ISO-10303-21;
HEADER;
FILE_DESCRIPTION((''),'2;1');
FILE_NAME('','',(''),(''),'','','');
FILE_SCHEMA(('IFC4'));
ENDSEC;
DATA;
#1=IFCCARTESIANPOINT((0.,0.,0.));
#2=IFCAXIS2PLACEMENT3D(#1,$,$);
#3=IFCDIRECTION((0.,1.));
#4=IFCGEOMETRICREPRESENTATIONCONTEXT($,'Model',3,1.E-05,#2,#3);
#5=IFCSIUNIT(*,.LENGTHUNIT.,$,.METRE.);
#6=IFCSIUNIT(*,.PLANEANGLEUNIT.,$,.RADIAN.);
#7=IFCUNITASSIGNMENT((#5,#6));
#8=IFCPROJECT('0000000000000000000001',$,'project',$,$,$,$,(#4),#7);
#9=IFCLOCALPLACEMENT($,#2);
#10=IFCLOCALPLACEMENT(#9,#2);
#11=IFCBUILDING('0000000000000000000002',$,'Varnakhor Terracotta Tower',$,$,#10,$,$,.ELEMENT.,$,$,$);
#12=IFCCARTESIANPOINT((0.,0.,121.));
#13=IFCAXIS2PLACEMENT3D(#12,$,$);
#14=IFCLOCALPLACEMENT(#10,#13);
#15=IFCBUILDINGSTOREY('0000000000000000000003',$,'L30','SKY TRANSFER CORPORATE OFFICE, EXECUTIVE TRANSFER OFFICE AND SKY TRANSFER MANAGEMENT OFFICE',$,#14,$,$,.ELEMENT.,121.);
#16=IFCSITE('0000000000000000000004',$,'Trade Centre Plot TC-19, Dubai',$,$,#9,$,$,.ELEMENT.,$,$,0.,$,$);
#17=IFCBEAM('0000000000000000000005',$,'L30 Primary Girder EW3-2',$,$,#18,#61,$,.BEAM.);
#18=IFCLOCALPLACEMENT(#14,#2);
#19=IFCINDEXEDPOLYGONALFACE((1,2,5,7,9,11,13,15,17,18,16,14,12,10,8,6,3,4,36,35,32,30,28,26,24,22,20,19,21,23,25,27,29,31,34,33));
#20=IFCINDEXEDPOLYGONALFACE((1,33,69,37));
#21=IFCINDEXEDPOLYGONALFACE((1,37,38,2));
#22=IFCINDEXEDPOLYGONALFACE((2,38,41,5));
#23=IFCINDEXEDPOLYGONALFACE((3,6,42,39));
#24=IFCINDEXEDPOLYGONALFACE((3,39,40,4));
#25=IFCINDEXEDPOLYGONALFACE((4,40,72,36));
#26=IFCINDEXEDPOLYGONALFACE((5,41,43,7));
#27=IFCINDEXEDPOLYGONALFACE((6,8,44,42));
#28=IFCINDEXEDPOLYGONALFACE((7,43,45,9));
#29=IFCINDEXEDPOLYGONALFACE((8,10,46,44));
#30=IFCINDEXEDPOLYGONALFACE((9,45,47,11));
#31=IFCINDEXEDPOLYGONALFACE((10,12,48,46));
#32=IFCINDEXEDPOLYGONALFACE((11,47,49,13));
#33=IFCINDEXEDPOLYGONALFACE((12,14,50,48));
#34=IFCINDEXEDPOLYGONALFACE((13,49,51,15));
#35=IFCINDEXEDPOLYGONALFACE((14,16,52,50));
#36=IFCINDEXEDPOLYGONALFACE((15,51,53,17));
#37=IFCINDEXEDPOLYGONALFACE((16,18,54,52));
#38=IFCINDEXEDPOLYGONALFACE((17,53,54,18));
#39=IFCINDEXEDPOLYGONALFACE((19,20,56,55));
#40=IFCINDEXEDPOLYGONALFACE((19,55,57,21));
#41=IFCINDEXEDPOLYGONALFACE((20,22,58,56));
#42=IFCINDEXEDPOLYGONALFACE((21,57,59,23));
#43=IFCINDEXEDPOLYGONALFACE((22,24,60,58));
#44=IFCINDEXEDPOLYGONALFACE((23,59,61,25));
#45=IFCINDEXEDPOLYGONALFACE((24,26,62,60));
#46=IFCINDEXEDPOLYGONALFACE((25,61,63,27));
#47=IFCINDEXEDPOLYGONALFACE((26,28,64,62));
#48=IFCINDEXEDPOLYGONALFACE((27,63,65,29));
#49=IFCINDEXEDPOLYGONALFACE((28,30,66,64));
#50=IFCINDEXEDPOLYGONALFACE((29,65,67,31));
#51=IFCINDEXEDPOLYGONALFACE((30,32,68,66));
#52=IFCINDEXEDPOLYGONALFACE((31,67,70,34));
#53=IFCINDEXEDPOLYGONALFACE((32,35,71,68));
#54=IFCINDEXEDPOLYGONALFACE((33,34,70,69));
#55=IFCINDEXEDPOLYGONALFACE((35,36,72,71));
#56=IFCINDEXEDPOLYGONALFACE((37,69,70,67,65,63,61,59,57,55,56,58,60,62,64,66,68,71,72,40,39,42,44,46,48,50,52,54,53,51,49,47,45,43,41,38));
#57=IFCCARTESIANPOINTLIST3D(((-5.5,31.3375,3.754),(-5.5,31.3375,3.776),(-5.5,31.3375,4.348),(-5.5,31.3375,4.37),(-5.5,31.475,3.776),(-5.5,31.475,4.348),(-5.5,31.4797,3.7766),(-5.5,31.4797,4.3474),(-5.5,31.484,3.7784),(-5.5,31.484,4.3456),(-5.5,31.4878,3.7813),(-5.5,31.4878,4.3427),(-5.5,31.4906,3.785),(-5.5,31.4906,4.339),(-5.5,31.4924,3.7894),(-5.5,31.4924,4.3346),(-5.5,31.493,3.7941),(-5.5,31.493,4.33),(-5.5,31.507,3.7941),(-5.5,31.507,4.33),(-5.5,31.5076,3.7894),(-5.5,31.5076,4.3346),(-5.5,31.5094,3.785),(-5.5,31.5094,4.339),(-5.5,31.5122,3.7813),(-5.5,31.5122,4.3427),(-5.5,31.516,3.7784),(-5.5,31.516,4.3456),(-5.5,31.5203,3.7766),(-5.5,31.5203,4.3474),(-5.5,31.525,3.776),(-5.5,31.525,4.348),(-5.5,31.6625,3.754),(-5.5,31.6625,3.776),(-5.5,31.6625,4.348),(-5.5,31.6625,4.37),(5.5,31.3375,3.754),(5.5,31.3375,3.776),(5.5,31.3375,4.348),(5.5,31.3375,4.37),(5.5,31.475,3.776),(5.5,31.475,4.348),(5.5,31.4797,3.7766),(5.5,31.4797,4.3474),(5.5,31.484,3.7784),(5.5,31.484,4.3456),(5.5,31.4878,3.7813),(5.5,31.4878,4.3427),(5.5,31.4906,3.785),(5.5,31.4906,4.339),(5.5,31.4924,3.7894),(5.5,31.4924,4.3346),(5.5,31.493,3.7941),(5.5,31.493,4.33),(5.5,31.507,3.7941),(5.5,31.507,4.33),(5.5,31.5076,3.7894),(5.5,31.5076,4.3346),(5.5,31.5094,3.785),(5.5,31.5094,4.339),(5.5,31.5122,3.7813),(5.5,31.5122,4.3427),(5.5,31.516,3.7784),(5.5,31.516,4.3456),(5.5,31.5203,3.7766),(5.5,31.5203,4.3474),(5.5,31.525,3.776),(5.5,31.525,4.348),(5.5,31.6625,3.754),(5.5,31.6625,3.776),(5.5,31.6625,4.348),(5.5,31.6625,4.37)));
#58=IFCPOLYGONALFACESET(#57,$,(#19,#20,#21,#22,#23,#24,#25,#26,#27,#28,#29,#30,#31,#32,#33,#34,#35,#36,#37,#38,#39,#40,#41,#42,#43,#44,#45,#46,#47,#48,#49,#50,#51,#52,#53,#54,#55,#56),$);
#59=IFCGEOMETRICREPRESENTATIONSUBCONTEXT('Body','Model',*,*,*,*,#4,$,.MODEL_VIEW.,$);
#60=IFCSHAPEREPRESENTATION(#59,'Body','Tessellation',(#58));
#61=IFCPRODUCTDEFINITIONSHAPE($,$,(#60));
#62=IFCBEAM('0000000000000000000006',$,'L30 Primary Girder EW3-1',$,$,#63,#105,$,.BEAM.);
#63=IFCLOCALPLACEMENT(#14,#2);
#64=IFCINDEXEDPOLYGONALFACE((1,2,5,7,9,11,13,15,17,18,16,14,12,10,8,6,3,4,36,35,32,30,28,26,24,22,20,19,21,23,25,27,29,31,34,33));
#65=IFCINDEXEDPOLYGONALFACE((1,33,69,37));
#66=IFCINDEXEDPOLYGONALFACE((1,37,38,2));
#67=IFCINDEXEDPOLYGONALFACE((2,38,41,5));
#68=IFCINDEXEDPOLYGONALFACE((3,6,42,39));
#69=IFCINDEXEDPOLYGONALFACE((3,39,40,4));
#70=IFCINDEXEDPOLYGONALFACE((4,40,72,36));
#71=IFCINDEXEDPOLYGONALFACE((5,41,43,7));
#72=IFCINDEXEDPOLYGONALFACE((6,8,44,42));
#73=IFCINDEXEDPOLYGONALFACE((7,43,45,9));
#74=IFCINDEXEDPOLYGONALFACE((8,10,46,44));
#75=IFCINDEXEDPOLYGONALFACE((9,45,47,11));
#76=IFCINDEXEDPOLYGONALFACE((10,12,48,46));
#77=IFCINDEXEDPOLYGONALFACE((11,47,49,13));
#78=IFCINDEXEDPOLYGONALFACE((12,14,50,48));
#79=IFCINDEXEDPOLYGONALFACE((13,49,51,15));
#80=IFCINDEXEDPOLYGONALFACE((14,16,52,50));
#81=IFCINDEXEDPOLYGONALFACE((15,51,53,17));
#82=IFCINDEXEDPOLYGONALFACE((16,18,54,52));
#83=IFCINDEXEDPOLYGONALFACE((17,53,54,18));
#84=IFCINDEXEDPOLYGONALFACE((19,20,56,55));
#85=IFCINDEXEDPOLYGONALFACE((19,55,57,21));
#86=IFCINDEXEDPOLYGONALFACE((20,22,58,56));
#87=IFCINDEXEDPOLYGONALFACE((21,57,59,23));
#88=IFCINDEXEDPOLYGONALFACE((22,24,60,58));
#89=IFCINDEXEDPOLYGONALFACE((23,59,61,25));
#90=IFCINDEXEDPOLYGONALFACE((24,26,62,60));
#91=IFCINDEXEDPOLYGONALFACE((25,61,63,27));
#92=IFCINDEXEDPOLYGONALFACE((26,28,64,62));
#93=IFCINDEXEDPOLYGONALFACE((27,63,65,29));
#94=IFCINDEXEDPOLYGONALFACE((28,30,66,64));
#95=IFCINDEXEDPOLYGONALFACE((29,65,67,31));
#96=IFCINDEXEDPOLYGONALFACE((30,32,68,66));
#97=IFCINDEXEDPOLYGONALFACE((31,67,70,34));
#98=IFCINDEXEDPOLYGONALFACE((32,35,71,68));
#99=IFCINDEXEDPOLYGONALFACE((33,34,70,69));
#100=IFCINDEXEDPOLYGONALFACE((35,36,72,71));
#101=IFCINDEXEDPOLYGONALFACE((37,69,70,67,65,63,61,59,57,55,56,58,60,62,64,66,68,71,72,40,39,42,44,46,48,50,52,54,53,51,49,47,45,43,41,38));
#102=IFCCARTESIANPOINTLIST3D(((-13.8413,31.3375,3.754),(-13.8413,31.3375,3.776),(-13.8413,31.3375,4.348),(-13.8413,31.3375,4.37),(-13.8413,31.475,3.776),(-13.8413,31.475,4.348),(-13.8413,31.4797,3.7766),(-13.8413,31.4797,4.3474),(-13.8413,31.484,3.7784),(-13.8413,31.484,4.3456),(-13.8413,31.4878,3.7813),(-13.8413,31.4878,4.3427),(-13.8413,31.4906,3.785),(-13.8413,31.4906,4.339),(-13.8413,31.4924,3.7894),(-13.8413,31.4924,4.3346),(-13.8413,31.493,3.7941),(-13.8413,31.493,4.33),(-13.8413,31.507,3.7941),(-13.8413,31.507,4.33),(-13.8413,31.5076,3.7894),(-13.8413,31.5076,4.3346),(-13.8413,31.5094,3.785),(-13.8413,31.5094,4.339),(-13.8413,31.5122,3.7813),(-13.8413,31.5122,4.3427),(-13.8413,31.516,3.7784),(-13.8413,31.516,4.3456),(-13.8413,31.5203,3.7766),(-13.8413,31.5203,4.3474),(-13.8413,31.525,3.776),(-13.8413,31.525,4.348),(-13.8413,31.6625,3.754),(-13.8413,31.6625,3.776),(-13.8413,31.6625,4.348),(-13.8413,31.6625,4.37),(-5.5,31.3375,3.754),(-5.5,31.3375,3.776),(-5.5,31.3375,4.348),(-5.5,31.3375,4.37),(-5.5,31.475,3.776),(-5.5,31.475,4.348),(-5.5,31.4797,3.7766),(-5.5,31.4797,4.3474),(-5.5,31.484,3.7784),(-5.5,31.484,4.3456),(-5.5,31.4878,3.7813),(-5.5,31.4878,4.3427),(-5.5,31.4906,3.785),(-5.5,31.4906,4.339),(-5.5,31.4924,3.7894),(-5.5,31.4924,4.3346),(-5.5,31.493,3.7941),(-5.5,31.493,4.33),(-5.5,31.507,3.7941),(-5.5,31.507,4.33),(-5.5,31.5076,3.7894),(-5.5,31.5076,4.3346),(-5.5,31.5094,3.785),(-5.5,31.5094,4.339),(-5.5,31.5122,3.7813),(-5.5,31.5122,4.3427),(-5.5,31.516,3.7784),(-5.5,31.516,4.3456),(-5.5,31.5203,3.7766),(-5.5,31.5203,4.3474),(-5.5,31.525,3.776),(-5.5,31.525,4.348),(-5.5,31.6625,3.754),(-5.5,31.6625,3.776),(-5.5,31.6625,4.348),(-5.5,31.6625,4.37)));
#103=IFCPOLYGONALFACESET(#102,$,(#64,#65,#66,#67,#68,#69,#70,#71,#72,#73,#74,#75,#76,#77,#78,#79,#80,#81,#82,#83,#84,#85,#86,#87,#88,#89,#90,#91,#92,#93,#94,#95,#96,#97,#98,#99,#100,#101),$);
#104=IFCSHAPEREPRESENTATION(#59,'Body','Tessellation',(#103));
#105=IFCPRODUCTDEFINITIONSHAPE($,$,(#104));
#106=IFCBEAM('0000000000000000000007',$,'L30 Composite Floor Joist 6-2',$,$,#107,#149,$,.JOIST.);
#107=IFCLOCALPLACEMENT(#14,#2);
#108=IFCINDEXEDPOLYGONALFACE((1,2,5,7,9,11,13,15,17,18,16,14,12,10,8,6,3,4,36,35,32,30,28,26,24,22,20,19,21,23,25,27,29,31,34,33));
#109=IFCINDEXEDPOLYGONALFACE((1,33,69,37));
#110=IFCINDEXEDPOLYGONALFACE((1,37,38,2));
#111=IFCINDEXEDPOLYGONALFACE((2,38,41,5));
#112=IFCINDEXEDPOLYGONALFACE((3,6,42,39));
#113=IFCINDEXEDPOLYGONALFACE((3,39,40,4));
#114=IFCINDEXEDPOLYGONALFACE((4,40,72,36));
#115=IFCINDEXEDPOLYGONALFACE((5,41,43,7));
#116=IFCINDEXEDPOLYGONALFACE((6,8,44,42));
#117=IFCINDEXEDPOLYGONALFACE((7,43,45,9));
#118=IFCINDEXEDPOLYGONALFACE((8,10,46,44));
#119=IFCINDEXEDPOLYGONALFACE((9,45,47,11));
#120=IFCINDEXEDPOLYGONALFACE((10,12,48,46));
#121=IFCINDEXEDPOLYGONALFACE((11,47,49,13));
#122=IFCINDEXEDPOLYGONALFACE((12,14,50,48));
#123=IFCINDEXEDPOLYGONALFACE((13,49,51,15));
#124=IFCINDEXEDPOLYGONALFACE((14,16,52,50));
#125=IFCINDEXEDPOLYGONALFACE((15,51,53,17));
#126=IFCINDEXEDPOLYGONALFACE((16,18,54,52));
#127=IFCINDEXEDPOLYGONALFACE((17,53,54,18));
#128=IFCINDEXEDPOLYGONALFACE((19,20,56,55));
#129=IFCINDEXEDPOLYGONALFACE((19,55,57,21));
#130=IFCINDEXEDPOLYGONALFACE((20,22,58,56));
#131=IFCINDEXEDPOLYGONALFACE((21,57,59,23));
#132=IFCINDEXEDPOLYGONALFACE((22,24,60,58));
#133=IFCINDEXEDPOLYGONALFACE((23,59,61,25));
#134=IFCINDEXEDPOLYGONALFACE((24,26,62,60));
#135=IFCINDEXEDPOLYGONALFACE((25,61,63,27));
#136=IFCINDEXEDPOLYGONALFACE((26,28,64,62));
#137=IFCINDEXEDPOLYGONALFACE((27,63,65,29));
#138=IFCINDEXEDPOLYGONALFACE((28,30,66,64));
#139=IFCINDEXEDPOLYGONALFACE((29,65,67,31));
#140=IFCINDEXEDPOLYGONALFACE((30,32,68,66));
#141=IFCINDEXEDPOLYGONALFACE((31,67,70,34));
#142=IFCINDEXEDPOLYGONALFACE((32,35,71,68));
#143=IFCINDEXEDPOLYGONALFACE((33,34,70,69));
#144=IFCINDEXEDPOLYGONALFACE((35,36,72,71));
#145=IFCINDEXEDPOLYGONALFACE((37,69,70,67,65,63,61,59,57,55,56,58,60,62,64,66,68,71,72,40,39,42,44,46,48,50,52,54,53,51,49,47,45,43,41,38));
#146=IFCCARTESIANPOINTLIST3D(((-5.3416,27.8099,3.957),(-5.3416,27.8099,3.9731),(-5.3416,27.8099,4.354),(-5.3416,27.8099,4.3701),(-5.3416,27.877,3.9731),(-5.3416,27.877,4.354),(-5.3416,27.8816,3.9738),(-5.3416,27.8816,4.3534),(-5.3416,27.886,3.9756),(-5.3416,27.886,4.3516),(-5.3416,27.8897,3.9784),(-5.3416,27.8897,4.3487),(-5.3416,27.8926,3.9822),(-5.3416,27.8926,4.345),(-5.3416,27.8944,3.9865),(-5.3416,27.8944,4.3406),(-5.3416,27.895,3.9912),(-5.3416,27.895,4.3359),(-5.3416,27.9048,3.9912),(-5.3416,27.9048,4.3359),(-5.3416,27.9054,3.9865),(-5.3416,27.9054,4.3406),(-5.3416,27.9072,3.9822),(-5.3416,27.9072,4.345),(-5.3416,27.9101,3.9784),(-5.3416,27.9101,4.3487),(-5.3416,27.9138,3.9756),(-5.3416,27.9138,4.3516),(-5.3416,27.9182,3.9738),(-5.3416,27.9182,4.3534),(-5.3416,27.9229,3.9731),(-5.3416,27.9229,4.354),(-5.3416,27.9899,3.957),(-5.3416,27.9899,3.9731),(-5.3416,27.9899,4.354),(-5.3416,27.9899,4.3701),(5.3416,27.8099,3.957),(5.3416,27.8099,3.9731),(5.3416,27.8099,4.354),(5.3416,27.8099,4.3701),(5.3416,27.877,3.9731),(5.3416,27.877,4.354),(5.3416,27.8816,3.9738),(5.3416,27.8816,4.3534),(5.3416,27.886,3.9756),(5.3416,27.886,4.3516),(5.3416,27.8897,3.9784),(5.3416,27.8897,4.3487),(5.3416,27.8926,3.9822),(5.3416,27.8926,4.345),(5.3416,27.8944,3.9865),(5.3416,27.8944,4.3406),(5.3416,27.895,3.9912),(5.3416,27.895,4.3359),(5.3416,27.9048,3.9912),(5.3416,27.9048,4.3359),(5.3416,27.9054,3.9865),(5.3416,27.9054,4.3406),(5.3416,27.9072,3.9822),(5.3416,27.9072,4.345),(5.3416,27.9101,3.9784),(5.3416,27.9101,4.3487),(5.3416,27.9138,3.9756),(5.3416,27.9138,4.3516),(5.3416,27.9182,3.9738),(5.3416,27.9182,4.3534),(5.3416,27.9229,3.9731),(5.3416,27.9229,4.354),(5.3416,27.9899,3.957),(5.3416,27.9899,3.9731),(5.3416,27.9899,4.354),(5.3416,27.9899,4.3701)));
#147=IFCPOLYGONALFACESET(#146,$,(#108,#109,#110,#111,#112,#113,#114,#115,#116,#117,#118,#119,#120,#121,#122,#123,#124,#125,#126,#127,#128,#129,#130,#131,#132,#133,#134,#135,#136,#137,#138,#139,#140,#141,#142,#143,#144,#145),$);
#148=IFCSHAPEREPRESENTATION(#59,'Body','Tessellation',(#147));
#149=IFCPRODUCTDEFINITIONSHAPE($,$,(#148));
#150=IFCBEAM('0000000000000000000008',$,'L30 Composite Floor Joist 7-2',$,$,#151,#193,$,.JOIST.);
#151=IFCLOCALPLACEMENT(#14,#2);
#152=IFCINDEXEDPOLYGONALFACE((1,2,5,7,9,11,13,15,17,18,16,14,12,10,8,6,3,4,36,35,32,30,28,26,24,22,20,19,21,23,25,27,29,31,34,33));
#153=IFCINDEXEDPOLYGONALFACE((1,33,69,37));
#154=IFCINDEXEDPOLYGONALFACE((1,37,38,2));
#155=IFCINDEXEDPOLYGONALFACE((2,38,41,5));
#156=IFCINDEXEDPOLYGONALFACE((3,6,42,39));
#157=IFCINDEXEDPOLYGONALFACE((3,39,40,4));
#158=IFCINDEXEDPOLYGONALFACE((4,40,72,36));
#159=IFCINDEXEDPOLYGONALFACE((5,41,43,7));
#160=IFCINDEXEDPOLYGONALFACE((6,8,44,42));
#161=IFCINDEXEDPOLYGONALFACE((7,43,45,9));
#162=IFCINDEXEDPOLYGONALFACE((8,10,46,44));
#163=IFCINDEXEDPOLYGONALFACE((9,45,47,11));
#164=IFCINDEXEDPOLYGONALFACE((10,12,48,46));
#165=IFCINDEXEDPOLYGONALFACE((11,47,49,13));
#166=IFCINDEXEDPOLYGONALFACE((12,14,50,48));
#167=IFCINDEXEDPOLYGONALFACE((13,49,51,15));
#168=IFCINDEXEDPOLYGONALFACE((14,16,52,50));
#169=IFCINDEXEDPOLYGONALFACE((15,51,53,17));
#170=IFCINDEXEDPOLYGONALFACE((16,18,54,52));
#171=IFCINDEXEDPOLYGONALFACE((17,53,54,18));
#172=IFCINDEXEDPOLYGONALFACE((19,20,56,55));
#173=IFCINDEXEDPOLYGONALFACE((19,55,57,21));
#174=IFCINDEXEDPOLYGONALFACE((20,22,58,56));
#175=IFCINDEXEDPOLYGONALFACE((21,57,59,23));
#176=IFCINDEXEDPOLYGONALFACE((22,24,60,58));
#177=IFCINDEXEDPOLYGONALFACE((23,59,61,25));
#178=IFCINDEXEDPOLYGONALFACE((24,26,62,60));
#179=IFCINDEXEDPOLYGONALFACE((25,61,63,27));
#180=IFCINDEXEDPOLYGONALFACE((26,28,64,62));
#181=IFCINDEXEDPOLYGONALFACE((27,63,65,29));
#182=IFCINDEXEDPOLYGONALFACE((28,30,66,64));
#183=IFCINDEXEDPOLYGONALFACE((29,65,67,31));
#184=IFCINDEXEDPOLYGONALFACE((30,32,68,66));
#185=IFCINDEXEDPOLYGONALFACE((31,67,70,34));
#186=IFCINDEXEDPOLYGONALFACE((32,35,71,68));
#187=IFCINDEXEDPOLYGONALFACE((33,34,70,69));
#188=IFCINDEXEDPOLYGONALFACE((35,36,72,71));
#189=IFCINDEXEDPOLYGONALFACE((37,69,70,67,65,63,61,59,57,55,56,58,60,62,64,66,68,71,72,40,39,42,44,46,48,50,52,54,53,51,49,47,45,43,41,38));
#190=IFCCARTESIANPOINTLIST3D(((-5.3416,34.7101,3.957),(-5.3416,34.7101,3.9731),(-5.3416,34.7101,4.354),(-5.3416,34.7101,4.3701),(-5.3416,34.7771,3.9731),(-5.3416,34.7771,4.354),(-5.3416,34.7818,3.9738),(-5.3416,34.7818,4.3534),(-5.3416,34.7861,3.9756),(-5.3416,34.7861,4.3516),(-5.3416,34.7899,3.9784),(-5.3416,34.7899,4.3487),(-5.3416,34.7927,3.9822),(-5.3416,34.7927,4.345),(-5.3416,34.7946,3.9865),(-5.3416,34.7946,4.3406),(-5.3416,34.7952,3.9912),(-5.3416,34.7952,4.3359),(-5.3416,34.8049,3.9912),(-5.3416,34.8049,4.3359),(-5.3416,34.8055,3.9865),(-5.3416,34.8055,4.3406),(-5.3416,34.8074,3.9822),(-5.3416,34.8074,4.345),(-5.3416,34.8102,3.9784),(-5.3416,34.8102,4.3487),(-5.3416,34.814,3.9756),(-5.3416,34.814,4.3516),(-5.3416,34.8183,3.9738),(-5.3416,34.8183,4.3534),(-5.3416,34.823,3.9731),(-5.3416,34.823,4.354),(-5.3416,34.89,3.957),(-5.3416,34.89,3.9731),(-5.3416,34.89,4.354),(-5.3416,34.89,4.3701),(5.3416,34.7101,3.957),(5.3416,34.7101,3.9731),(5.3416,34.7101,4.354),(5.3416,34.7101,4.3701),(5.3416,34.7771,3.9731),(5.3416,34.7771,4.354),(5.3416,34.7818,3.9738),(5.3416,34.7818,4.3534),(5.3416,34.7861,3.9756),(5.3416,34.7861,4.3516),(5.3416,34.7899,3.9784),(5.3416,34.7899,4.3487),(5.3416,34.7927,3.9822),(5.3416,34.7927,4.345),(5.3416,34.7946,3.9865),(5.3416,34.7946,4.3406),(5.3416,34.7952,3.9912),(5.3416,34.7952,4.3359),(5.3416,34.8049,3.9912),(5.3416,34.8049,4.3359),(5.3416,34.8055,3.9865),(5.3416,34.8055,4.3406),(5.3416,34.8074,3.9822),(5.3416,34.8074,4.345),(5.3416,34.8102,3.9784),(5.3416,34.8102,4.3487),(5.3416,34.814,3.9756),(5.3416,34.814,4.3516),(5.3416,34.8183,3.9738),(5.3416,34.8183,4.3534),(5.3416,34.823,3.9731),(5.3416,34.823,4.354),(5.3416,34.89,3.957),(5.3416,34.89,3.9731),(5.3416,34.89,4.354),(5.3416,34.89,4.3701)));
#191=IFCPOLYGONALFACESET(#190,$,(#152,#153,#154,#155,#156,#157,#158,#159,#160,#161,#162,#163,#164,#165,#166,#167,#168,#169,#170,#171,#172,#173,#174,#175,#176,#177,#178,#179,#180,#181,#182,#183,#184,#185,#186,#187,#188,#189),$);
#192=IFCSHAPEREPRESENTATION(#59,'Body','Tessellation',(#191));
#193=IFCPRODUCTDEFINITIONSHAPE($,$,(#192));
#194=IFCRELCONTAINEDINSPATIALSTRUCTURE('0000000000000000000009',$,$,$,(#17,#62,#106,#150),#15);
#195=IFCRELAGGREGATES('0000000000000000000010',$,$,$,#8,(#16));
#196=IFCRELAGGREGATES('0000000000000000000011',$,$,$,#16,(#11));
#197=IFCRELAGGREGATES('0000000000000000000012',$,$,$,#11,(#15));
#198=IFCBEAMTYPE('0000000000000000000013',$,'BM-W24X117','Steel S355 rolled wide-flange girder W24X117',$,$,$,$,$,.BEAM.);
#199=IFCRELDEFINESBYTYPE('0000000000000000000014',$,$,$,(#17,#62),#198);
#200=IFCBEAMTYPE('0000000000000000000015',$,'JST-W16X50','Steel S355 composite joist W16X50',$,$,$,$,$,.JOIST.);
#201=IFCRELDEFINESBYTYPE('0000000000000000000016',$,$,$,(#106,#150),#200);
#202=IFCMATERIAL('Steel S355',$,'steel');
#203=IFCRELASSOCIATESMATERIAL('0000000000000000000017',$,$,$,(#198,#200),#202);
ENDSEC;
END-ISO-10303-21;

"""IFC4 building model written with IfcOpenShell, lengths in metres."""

from ifc_helpers import new_model, si_unit, direction, frame, origin, origin_2d, place, context, subcontext, project, spatial, i_section, extrude, source, transform, mapped, material, material_profile, profile_set, type_object, element, save


model = new_model("IFC4")

# Units and contexts
model_context = context("Model", 3, precision=1e-05, world=origin(), true_north=direction((0.0, 1.0)))
body_context = subcontext(model_context, "Body", "Model", "MODEL_VIEW")
ifc_project = project(units=[si_unit("LENGTHUNIT", "METRE"), si_unit("PLANEANGLEUNIT", "RADIAN")], contexts=[model_context])

# Site, building, storey
site_placement = place(None, origin())
site = spatial("IfcSite", under=ifc_project, at=site_placement, Name="Trade Centre Plot TC-19, Dubai", CompositionType="ELEMENT", RefElevation=0.0)
building_placement = place(site_placement, origin())
building = spatial("IfcBuilding", under=site, at=building_placement, Name="Varnakhor Terracotta Tower", CompositionType="ELEMENT")
storey_placement = place(building_placement, frame((0.0, 0.0, 121.0)))
storey = spatial("IfcBuildingStorey", under=building, at=storey_placement, Name="L30", Description="SKY TRANSFER CORPORATE OFFICE, EXECUTIVE TRANSFER OFFICE AND SKY TRANSFER MANAGEMENT OFFICE", CompositionType="ELEMENT", Elevation=121.0)

# Beams
ifc_material_1 = material(Name="Steel S355", Category="steel")
ifc_material_profile_1 = material_profile(ifc_material_1, i_section(OverallWidth=0.325, OverallDepth=0.616, WebThickness=0.0139, FlangeThickness=0.022, FilletRadius=0.0181, at=origin_2d()), Name="W24X117")
ifc_profile_set_1 = profile_set([ifc_material_profile_1], Name="Steel S355")
beam_type_1 = type_object("IfcBeamType", Name="BM-W24X117", Description="Steel S355 rolled wide-flange girder W24X117", PredefinedType="BEAM", material=ifc_profile_set_1)
shared_shape_1 = source(origin(), body_context, "Body", "SweptSolid", [
    extrude(i_section(OverallWidth=0.325, OverallDepth=0.616, WebThickness=0.0139, FlangeThickness=0.022, FilletRadius=0.0181, at=origin_2d()), origin(), (0.0, 0.0, 1.0), 11.0),
])
beam_1_placement = place(storey_placement, frame((-5.5, 31.5, 4.062), z_axis=(1.0, 0.0, 0.0), x_axis=(0.0, 1.0, 0.0)))
element("IfcBeam", 1, at=beam_1_placement, inside=storey, type_object=beam_type_1, Name="L30 Primary Girder EW3-2", PredefinedType="BEAM", context=body_context, shape_type="MappedRepresentation", body=[
    mapped(shared_shape_1, transform((0.0, 0.0, 0.0), scale=1.0)),
])
shared_shape_2 = source(origin(), body_context, "Body", "SweptSolid", [
    extrude(i_section(OverallWidth=0.325, OverallDepth=0.616, WebThickness=0.0139, FlangeThickness=0.022, FilletRadius=0.0181, at=origin_2d()), origin(), (0.0, 0.0, 1.0), 8.3413),
])
beam_2_placement = place(storey_placement, frame((-13.8413, 31.5, 4.062), z_axis=(1.0, 0.0, 0.0), x_axis=(0.0, 1.0, 0.0)))
element("IfcBeam", 2, at=beam_2_placement, inside=storey, type_object=beam_type_1, Name="L30 Primary Girder EW3-1", PredefinedType="BEAM", context=body_context, shape_type="MappedRepresentation", body=[
    mapped(shared_shape_2, transform((0.0, 0.0, 0.0), scale=1.0)),
])
ifc_material_profile_2 = material_profile(ifc_material_1, i_section(OverallWidth=0.1799, OverallDepth=0.4131, WebThickness=0.0098, FlangeThickness=0.0161, FilletRadius=0.0181, at=origin_2d()), Name="W16X50")
ifc_profile_set_2 = profile_set([ifc_material_profile_2], Name="Steel S355")
beam_type_2 = type_object("IfcBeamType", Name="JST-W16X50", Description="Steel S355 composite joist W16X50", PredefinedType="JOIST", material=ifc_profile_set_2)
shared_shape_3 = source(origin(), body_context, "Body", "SweptSolid", [
    extrude(i_section(OverallWidth=0.1799, OverallDepth=0.4131, WebThickness=0.0098, FlangeThickness=0.0161, FilletRadius=0.0181, at=origin_2d()), origin(), (0.0, 0.0, 1.0), 10.6831),
])
for number, where, z_axis, x_axis, name in (
    (3, (-5.3416, 27.8999, 4.1636), (1.0, 0.0, 0.0), (0.0, 1.0, 0.0), "L30 Composite Floor Joist 6-2"),
    (4, (-5.3416, 34.8, 4.1636), (1.0, 0.0, 0.0), (0.0, 1.0, 0.0), "L30 Composite Floor Joist 7-2"),
):
    element("IfcBeam", number, at=place(storey_placement, frame(where, z_axis=z_axis, x_axis=x_axis)), inside=storey, type_object=beam_type_2, Name=name, PredefinedType="JOIST", context=body_context, shape_type="MappedRepresentation", body=[
        mapped(shared_shape_3, transform((0.0, 0.0, 0.0), scale=1.0)),
    ])

save(model, "model.ifc")
